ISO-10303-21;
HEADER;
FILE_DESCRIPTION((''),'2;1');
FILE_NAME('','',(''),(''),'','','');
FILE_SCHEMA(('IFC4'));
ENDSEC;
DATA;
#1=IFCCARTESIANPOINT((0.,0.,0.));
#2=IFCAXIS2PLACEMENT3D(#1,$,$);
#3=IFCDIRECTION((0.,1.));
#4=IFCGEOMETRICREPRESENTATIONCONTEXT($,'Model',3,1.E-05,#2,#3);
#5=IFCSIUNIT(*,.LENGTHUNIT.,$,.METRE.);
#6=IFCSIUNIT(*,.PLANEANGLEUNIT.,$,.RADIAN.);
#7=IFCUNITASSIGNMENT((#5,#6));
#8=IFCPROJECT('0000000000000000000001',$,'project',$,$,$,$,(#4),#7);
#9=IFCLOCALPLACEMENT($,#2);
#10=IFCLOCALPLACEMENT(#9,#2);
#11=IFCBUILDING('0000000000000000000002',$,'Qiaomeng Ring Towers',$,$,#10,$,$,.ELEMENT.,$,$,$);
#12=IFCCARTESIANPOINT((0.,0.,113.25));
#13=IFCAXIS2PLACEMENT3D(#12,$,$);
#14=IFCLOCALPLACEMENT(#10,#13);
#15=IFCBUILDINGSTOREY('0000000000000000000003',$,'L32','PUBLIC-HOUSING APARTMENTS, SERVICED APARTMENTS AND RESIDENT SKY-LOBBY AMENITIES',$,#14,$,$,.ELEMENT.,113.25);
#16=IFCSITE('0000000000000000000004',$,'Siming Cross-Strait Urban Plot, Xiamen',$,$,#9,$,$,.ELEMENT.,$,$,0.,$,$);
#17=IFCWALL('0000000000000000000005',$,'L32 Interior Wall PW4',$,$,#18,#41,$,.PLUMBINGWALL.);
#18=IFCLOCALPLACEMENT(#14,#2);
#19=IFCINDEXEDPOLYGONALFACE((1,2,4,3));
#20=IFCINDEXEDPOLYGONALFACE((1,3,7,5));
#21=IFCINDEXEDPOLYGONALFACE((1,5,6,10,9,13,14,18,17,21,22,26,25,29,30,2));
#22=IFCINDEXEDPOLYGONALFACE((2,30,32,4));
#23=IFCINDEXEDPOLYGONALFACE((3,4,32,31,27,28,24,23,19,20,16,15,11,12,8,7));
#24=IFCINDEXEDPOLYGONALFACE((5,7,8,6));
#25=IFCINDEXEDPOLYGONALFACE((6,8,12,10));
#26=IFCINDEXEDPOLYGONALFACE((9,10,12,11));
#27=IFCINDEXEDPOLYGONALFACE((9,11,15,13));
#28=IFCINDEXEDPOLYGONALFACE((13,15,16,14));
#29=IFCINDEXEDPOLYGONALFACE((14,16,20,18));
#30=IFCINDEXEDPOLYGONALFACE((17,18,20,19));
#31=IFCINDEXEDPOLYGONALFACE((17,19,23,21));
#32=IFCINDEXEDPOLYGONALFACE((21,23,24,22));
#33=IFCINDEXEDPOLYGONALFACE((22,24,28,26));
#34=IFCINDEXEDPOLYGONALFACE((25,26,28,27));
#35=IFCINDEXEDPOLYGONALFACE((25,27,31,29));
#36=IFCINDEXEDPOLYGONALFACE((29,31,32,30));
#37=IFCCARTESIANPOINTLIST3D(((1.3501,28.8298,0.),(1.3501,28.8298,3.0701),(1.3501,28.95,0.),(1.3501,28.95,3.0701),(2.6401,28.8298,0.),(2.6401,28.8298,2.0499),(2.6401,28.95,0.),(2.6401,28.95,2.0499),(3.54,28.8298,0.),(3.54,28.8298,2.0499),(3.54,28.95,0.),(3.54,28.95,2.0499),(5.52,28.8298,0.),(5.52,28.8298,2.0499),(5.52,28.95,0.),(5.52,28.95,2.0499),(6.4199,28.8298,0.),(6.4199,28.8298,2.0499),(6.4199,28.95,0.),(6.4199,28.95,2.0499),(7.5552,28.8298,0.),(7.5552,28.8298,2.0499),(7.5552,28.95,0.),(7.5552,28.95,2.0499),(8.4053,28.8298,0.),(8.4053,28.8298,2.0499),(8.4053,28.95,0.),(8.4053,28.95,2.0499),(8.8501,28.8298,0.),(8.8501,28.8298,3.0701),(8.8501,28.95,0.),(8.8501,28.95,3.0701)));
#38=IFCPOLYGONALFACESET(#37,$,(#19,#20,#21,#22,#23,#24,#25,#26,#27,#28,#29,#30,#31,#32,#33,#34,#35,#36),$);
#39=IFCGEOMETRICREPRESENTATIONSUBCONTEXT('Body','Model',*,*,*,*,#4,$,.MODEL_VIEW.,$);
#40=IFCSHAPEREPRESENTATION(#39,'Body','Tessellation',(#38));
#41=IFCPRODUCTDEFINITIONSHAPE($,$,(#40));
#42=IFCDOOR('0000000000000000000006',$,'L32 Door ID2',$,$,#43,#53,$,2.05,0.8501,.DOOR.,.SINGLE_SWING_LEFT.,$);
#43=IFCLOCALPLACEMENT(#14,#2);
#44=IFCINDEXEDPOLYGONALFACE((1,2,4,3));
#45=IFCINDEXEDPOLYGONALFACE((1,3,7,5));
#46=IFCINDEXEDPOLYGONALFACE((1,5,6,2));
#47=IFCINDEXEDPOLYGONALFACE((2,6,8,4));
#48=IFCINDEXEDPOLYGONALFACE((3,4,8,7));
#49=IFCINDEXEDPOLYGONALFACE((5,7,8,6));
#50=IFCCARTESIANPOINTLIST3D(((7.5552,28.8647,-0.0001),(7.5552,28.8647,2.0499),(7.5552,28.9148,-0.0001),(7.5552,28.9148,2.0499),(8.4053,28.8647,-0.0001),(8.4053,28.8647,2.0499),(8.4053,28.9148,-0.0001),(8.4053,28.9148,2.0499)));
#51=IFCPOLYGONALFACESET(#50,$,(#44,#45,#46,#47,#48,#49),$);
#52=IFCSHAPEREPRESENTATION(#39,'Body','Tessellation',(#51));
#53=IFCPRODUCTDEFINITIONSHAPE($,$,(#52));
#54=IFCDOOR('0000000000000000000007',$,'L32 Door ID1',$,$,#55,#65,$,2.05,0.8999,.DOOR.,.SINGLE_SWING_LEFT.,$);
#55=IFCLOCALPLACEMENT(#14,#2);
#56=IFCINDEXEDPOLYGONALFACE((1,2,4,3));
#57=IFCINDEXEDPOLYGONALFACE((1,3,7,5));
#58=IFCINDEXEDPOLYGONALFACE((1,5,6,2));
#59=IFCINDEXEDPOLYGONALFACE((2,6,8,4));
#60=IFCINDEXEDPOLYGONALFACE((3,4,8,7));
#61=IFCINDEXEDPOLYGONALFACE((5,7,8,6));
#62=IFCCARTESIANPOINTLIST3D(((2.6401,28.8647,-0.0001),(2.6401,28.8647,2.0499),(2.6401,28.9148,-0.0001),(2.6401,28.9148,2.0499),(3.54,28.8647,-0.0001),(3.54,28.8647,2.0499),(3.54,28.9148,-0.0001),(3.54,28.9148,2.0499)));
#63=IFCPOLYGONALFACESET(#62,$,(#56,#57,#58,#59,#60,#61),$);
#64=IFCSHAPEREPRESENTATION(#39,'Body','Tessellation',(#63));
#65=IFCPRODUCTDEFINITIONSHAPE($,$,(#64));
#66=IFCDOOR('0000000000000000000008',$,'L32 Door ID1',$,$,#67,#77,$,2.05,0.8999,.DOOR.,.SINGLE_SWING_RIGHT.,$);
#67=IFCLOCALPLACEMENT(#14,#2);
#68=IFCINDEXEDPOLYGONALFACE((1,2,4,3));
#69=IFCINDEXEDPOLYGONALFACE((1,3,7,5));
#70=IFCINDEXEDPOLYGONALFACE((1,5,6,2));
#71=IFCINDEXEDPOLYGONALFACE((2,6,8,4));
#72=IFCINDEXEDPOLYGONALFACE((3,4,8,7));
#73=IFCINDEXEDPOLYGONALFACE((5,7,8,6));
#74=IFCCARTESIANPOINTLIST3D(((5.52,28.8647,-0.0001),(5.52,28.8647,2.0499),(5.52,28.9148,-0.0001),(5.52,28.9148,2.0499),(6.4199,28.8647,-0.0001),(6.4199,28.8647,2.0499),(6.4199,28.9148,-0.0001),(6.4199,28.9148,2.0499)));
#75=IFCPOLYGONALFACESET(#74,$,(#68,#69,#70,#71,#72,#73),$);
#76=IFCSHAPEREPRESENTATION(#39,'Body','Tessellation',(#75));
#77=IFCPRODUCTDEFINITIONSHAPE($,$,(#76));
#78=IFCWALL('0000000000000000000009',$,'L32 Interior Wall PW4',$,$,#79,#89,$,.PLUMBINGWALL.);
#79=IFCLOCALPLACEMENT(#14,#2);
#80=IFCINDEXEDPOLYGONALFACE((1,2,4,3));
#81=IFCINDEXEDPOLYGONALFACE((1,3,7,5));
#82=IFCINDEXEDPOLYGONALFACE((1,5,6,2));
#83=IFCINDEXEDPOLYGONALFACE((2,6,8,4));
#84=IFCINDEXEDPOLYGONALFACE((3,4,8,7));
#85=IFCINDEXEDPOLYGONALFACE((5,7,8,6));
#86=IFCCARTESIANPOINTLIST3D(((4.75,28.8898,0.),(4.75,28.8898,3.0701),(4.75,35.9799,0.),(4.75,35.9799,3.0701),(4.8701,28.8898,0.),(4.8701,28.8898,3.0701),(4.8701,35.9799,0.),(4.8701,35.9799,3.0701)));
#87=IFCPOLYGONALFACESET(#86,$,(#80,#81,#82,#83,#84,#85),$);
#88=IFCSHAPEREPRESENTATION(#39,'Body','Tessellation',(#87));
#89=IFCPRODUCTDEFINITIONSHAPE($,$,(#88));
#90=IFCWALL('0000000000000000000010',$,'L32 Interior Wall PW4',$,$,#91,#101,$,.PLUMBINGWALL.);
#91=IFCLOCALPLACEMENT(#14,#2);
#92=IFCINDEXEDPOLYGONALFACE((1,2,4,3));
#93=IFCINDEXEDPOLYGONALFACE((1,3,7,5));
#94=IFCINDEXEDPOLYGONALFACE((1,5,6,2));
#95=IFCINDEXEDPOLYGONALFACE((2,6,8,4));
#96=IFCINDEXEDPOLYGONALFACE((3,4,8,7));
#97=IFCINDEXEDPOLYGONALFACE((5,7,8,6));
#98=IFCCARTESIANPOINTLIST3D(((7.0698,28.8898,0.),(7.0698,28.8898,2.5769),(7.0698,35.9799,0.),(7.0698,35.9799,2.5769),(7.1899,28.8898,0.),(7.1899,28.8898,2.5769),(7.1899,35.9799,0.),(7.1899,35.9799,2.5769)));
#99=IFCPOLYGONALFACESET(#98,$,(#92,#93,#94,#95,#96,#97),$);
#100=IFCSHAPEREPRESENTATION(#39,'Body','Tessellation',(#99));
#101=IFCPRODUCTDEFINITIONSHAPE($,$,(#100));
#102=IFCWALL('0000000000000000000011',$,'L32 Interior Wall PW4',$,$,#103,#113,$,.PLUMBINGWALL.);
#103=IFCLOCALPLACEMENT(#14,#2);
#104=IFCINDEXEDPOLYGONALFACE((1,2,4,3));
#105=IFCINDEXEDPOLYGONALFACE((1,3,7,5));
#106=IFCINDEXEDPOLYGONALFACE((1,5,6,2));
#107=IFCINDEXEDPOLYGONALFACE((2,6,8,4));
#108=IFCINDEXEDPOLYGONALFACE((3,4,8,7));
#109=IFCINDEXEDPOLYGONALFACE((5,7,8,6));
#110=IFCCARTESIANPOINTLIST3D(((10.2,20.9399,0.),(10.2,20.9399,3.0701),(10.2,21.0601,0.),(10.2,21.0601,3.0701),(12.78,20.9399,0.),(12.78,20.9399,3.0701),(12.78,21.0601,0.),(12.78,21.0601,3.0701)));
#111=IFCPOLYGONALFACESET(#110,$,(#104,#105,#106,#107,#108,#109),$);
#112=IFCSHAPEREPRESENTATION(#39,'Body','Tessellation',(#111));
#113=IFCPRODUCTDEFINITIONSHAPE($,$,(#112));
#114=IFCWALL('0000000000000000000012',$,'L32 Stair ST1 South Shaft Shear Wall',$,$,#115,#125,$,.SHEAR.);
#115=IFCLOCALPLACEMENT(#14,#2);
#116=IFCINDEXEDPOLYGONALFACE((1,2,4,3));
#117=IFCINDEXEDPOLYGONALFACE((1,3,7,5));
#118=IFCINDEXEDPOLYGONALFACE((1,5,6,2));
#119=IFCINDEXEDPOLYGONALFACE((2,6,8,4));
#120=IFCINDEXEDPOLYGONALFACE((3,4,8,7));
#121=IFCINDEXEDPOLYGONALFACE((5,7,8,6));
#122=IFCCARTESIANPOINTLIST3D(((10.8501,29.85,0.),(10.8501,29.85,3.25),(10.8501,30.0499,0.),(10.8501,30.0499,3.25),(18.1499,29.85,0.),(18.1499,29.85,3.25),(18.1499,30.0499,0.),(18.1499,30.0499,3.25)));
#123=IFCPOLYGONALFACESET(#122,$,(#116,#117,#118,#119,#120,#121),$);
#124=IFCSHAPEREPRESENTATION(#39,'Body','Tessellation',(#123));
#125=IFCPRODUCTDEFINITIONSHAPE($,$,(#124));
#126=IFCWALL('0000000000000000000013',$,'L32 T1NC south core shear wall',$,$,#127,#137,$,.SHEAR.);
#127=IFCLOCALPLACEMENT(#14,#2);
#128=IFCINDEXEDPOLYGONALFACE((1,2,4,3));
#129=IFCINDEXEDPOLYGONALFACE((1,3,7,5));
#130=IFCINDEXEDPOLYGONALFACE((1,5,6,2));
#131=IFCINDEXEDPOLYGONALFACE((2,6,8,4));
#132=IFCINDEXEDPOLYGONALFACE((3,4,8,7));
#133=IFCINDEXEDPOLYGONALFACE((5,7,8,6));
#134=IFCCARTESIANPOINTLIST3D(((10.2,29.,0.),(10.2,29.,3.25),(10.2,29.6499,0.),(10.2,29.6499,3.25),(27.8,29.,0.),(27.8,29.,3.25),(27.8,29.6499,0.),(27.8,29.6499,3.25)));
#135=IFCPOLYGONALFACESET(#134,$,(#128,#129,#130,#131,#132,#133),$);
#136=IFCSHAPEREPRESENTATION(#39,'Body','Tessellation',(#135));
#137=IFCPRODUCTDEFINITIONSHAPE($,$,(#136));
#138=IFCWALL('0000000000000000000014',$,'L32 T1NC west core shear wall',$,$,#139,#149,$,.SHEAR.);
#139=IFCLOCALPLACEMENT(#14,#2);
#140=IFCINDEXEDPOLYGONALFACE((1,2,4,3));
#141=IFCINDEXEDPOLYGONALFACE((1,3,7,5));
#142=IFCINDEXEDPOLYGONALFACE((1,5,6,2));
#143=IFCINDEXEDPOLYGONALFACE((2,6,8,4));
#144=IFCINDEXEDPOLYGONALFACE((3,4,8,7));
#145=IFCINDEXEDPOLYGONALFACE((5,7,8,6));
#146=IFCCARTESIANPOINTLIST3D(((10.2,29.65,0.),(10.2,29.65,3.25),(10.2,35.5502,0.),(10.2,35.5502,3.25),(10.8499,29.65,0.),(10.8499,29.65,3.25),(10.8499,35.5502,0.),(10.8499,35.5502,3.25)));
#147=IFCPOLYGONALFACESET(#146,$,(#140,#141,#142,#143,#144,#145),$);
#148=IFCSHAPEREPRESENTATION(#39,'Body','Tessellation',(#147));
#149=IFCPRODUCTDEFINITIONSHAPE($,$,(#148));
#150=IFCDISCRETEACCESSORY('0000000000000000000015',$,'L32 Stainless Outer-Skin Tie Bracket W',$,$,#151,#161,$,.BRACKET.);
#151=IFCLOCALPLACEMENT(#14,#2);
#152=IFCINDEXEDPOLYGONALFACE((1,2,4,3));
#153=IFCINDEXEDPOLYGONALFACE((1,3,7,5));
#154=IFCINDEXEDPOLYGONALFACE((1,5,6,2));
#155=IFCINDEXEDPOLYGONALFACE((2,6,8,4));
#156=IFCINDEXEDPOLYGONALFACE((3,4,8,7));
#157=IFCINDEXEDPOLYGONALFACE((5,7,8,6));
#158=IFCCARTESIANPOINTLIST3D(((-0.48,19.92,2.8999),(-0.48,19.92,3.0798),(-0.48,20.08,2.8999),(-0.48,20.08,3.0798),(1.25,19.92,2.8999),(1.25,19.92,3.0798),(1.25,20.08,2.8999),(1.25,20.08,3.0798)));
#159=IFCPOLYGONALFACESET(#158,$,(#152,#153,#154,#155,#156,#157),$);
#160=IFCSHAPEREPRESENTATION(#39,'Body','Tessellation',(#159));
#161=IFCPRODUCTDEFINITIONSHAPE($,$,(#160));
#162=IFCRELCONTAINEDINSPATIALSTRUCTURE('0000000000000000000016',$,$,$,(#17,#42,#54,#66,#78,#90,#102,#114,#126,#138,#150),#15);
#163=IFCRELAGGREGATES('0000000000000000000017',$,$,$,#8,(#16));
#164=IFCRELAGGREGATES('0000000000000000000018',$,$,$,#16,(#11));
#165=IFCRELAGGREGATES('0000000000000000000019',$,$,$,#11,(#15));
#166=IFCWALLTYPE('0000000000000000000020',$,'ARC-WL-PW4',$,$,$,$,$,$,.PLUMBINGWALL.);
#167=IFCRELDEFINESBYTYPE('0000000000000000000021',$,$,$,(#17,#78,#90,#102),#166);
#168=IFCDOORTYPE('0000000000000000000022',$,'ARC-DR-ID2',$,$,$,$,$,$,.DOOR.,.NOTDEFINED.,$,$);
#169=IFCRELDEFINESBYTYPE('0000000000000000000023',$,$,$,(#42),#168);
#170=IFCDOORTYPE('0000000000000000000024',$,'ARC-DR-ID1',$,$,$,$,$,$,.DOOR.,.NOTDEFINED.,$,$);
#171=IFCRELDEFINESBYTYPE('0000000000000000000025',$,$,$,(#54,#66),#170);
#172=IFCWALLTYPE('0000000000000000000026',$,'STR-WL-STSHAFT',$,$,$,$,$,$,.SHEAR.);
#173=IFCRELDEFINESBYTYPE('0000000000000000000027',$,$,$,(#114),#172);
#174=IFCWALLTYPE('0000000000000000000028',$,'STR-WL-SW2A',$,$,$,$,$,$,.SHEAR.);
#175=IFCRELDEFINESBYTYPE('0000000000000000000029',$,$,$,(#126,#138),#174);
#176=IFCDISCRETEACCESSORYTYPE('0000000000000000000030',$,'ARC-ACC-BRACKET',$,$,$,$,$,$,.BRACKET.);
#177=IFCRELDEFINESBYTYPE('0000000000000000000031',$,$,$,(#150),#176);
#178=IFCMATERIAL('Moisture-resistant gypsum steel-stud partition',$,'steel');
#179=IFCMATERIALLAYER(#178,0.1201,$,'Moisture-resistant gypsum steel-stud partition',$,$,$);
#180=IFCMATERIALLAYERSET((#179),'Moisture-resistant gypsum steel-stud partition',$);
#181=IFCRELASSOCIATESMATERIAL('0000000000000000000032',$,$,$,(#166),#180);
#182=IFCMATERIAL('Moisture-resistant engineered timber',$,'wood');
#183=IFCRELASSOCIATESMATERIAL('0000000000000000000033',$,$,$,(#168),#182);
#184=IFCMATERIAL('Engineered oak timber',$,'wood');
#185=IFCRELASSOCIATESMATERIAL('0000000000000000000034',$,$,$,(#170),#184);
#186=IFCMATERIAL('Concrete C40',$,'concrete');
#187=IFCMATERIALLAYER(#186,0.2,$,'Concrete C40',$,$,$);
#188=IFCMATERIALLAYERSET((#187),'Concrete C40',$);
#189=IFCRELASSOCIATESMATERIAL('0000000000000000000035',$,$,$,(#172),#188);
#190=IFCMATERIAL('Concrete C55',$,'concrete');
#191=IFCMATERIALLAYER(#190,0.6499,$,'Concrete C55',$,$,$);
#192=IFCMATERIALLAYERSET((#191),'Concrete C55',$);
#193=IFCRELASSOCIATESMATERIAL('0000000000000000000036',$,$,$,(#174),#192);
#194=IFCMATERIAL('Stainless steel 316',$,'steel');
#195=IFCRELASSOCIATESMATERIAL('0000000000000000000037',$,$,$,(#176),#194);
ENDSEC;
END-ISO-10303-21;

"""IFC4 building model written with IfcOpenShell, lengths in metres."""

from ifc_helpers import new_model, si_unit, direction, frame, frame_2d, origin, origin_2d, place, context, subcontext, project, spatial, rectangle, extrude, source, transform, mapped, material, layer, layer_set, type_object, element, fill, save


model = new_model("IFC4")

# Units and contexts
model_context = context("Model", 3, precision=1e-05, world=origin(), true_north=direction((0.0, 1.0)))
body_context = subcontext(model_context, "Body", "Model", "MODEL_VIEW")
ifc_project = project(units=[si_unit("LENGTHUNIT", "METRE"), si_unit("PLANEANGLEUNIT", "RADIAN")], contexts=[model_context])

# Site, building, storey
site_placement = place(None, origin())
site = spatial("IfcSite", under=ifc_project, at=site_placement, Name="Siming Cross-Strait Urban Plot, Xiamen", CompositionType="ELEMENT", RefElevation=0.0)
building_placement = place(site_placement, origin())
building = spatial("IfcBuilding", under=site, at=building_placement, Name="Qiaomeng Ring Towers", CompositionType="ELEMENT")
storey_placement = place(building_placement, frame((0.0, 0.0, 113.25)))
storey = spatial("IfcBuildingStorey", under=building, at=storey_placement, Name="L32", Description="PUBLIC-HOUSING APARTMENTS, SERVICED APARTMENTS AND RESIDENT SKY-LOBBY AMENITIES", CompositionType="ELEMENT", Elevation=113.25)

# Shared definitions
ifc_material_1 = material(Name="Concrete C55", Category="concrete")

# Shared definitions
ifc_material_2 = material(Name="Stainless steel 316", Category="steel")

# Wall, openings, doors
ifc_material_3 = material(Name="Moisture-resistant gypsum steel-stud partition", Category="steel")
ifc_layer_1 = layer(ifc_material_3, 0.1201, Name="Moisture-resistant gypsum steel-stud partition")
ifc_layer_set_1 = layer_set([ifc_layer_1], Name="Moisture-resistant gypsum steel-stud partition")
wall_type_1 = type_object("IfcWallType", Name="ARC-WL-PW4", PredefinedType="PLUMBINGWALL", material=ifc_layer_set_1)
wall_1_placement = place(storey_placement, frame((1.3501, 28.8899, 0.0), z_axis=(0.0, 0.0, 1.0), x_axis=(1.0, 0.0, 0.0)))
wall_1 = element("IfcWall", 1, at=wall_1_placement, inside=storey, type_object=wall_type_1, Name="L32 Interior Wall PW4", PredefinedType="PLUMBINGWALL", context=body_context, shape_type="SweptSolid", body=[
    extrude(rectangle(XDim=7.5, YDim=0.1201, at=frame_2d((3.75, 0.0))), origin(), (0.0, 0.0, 1.0), 3.0701),
])
opening_1_placement = place(wall_1_placement, frame((1.29, 0.0, 0.0)))
opening_1 = element("IfcOpeningElement", 2, at=opening_1_placement, cuts=wall_1, PredefinedType="OPENING", context=body_context, shape_type="SweptSolid", body=[
    extrude(rectangle(XDim=0.8999, YDim=2.05, at=frame_2d((0.45, 1.0249))), frame((0.0, 0.0701, 0.0), z_axis=(0.0, -1.0, 0.0), x_axis=(1.0, 0.0, 0.0)), (0.0, 0.0, 1.0), 0.1401),
])
opening_2_placement = place(wall_1_placement, frame((4.1699, 0.0, 0.0)))
opening_2 = element("IfcOpeningElement", 3, at=opening_2_placement, cuts=wall_1, PredefinedType="OPENING", context=body_context, shape_type="SweptSolid", body=[
    extrude(rectangle(XDim=0.8999, YDim=2.05, at=frame_2d((0.45, 1.0249))), frame((0.0, 0.0701, 0.0), z_axis=(0.0, -1.0, 0.0), x_axis=(1.0, 0.0, 0.0)), (0.0, 0.0, 1.0), 0.1401),
])
opening_3_placement = place(wall_1_placement, frame((6.2051, 0.0, 0.0)))
opening_3 = element("IfcOpeningElement", 4, at=opening_3_placement, cuts=wall_1, PredefinedType="OPENING", context=body_context, shape_type="SweptSolid", body=[
    extrude(rectangle(XDim=0.8501, YDim=2.05, at=frame_2d((0.425, 1.0249))), frame((0.0, 0.0701, 0.0), z_axis=(0.0, -1.0, 0.0), x_axis=(1.0, 0.0, 0.0)), (0.0, 0.0, 1.0), 0.1401),
])
ifc_material_4 = material(Name="Moisture-resistant engineered timber", Category="wood")
door_type_1 = type_object("IfcDoorType", Name="ARC-DR-ID2", OperationType="NOTDEFINED", PredefinedType="DOOR", material=ifc_material_4)
shared_shape_1 = source(origin(), body_context, "Body", "SweptSolid", [
    extrude(rectangle(XDim=0.8501, YDim=2.05, at=frame_2d((0.425, 1.0249))), frame((0.0, 0.0249, 0.0), z_axis=(0.0, -1.0, 0.0), x_axis=(1.0, 0.0, 0.0)), (0.0, 0.0, 1.0), 0.05),
])
door_1_placement = place(opening_3_placement, origin())
door_1 = element("IfcDoor", 5, at=door_1_placement, inside=storey, type_object=door_type_1, Name="L32 Door ID2", OperationType="SINGLE_SWING_LEFT", OverallHeight=2.05, OverallWidth=0.8501, PredefinedType="DOOR", context=body_context, shape_type="MappedRepresentation", body=[
    mapped(shared_shape_1, transform((0.0, 0.0, 0.0), x_axis=(1.0, 0.0, 0.0), y_axis=(0.0, 1.0, 0.0), z_axis=(0.0, 0.0, 1.0), scale=1.0)),
])
fill(opening_3, door_1)
ifc_material_5 = material(Name="Engineered oak timber", Category="wood")
door_type_2 = type_object("IfcDoorType", Name="ARC-DR-ID1", OperationType="NOTDEFINED", PredefinedType="DOOR", material=ifc_material_5)
shared_shape_2 = source(origin(), body_context, "Body", "SweptSolid", [
    extrude(rectangle(XDim=0.8999, YDim=2.05, at=frame_2d((0.45, 1.0249))), frame((0.0, 0.0249, 0.0), z_axis=(0.0, -1.0, 0.0), x_axis=(1.0, 0.0, 0.0)), (0.0, 0.0, 1.0), 0.05),
])
door_2_placement = place(opening_1_placement, origin())
door_2 = element("IfcDoor", 6, at=door_2_placement, inside=storey, type_object=door_type_2, Name="L32 Door ID1", OperationType="SINGLE_SWING_LEFT", OverallHeight=2.05, OverallWidth=0.8999, PredefinedType="DOOR", context=body_context, shape_type="MappedRepresentation", body=[
    mapped(shared_shape_2, transform((0.0, 0.0, 0.0), x_axis=(1.0, 0.0, 0.0), y_axis=(0.0, 1.0, 0.0), z_axis=(0.0, 0.0, 1.0), scale=1.0)),
])
fill(opening_1, door_2)
door_3_placement = place(opening_2_placement, origin())
door_3 = element("IfcDoor", 7, at=door_3_placement, inside=storey, type_object=door_type_2, Name="L32 Door ID1", OperationType="SINGLE_SWING_RIGHT", OverallHeight=2.05, OverallWidth=0.8999, PredefinedType="DOOR", context=body_context, shape_type="MappedRepresentation", body=[
    mapped(shared_shape_2, transform((0.0, 0.0, 0.0), x_axis=(1.0, 0.0, 0.0), y_axis=(0.0, 1.0, 0.0), z_axis=(0.0, 0.0, 1.0), scale=1.0)),
])
fill(opening_2, door_3)

# Walls
wall_2_placement = place(storey_placement, frame((4.8101, 28.8899, 0.0), z_axis=(0.0, 0.0, 1.0), x_axis=(0.0, 1.0, 0.0)))
element("IfcWall", 8, at=wall_2_placement, inside=storey, type_object=wall_type_1, Name="L32 Interior Wall PW4", PredefinedType="PLUMBINGWALL", context=body_context, shape_type="SweptSolid", body=[
    extrude(rectangle(XDim=7.0901, YDim=0.1201, at=frame_2d((3.5449, 0.0))), origin(), (0.0, 0.0, 1.0), 3.0701),
])
wall_3_placement = place(storey_placement, frame((7.1299, 28.8899, 0.0), z_axis=(0.0, 0.0, 1.0), x_axis=(0.0, 1.0, 0.0)))
element("IfcWall", 9, at=wall_3_placement, inside=storey, type_object=wall_type_1, Name="L32 Interior Wall PW4", PredefinedType="PLUMBINGWALL", context=body_context, shape_type="SweptSolid", body=[
    extrude(rectangle(XDim=7.0901, YDim=0.1201, at=frame_2d((3.5449, 0.0))), origin(), (0.0, 0.0, 1.0), 2.5769),
])
wall_4_placement = place(storey_placement, frame((10.2, 21.0, 0.0), z_axis=(0.0, 0.0, 1.0), x_axis=(1.0, 0.0, 0.0)))
element("IfcWall", 10, at=wall_4_placement, inside=storey, type_object=wall_type_1, Name="L32 Interior Wall PW4", PredefinedType="PLUMBINGWALL", context=body_context, shape_type="SweptSolid", body=[
    extrude(rectangle(XDim=2.5801, YDim=0.1201, at=frame_2d((1.29, 0.0))), origin(), (0.0, 0.0, 1.0), 3.0701),
])
ifc_material_6 = material(Name="Concrete C40", Category="concrete")
ifc_layer_2 = layer(ifc_material_6, 0.2, Name="Concrete C40")
ifc_layer_set_2 = layer_set([ifc_layer_2], Name="Concrete C40")
wall_type_2 = type_object("IfcWallType", Name="STR-WL-STSHAFT", PredefinedType="SHEAR", material=ifc_layer_set_2)
wall_5_placement = place(storey_placement, frame((10.8501, 29.95, 0.0), z_axis=(0.0, 0.0, 1.0), x_axis=(1.0, 0.0, 0.0)))
element("IfcWall", 11, at=wall_5_placement, inside=storey, type_object=wall_type_2, Name="L32 Stair ST1 South Shaft Shear Wall", PredefinedType="SHEAR", context=body_context, shape_type="SweptSolid", body=[
    extrude(rectangle(XDim=7.2998, YDim=0.2, at=frame_2d((3.6499, 0.0))), origin(), (0.0, 0.0, 1.0), 3.25),
])
ifc_layer_3 = layer(ifc_material_1, 0.6499, Name="Concrete C55")
ifc_layer_set_3 = layer_set([ifc_layer_3], Name="Concrete C55")
wall_type_3 = type_object("IfcWallType", Name="STR-WL-SW2A", PredefinedType="SHEAR", material=ifc_layer_set_3)
wall_6_placement = place(storey_placement, frame((10.2, 29.325, 0.0), z_axis=(0.0, 0.0, 1.0), x_axis=(1.0, 0.0, 0.0)))
element("IfcWall", 12, at=wall_6_placement, inside=storey, type_object=wall_type_3, Name="L32 T1NC south core shear wall", PredefinedType="SHEAR", context=body_context, shape_type="SweptSolid", body=[
    extrude(rectangle(XDim=17.6001, YDim=0.6499, at=frame_2d((8.8, 0.0))), origin(), (0.0, 0.0, 1.0), 3.25),
])
wall_7_placement = place(storey_placement, frame((10.5249, 29.6499, 0.0), z_axis=(0.0, 0.0, 1.0), x_axis=(0.0, 1.0, 0.0)))
element("IfcWall", 13, at=wall_7_placement, inside=storey, type_object=wall_type_3, Name="L32 T1NC west core shear wall", PredefinedType="SHEAR", context=body_context, shape_type="SweptSolid", body=[
    extrude(rectangle(XDim=5.9001, YDim=0.6499, at=frame_2d((2.9502, 0.0))), origin(), (0.0, 0.0, 1.0), 3.25),
])

# Discrete accessory
discrete_accessory_type = type_object("IfcDiscreteAccessoryType", Name="ARC-ACC-BRACKET", PredefinedType="BRACKET", material=ifc_material_2)
shared_shape_3 = source(origin(), body_context, "Body", "SweptSolid", [
    extrude(rectangle(XDim=1.73, YDim=0.1599, at=origin_2d()), origin(), (0.0, 0.0, 1.0), 0.1799),
])
discrete_accessory_placement = place(storey_placement, frame((0.385, 20.0, 2.8999), z_axis=(0.0, 0.0, 1.0), x_axis=(1.0, 0.0, 0.0)))
element("IfcDiscreteAccessory", 14, at=discrete_accessory_placement, inside=storey, type_object=discrete_accessory_type, Name="L32 Stainless Outer-Skin Tie Bracket W", PredefinedType="BRACKET", context=body_context, shape_type="MappedRepresentation", body=[
    mapped(shared_shape_3, transform((0.0, 0.0, 0.0), x_axis=(1.0, 0.0, 0.0), y_axis=(0.0, 1.0, 0.0), z_axis=(0.0, 0.0, 1.0), scale=1.0)),
])

save(model, "model.ifc")
